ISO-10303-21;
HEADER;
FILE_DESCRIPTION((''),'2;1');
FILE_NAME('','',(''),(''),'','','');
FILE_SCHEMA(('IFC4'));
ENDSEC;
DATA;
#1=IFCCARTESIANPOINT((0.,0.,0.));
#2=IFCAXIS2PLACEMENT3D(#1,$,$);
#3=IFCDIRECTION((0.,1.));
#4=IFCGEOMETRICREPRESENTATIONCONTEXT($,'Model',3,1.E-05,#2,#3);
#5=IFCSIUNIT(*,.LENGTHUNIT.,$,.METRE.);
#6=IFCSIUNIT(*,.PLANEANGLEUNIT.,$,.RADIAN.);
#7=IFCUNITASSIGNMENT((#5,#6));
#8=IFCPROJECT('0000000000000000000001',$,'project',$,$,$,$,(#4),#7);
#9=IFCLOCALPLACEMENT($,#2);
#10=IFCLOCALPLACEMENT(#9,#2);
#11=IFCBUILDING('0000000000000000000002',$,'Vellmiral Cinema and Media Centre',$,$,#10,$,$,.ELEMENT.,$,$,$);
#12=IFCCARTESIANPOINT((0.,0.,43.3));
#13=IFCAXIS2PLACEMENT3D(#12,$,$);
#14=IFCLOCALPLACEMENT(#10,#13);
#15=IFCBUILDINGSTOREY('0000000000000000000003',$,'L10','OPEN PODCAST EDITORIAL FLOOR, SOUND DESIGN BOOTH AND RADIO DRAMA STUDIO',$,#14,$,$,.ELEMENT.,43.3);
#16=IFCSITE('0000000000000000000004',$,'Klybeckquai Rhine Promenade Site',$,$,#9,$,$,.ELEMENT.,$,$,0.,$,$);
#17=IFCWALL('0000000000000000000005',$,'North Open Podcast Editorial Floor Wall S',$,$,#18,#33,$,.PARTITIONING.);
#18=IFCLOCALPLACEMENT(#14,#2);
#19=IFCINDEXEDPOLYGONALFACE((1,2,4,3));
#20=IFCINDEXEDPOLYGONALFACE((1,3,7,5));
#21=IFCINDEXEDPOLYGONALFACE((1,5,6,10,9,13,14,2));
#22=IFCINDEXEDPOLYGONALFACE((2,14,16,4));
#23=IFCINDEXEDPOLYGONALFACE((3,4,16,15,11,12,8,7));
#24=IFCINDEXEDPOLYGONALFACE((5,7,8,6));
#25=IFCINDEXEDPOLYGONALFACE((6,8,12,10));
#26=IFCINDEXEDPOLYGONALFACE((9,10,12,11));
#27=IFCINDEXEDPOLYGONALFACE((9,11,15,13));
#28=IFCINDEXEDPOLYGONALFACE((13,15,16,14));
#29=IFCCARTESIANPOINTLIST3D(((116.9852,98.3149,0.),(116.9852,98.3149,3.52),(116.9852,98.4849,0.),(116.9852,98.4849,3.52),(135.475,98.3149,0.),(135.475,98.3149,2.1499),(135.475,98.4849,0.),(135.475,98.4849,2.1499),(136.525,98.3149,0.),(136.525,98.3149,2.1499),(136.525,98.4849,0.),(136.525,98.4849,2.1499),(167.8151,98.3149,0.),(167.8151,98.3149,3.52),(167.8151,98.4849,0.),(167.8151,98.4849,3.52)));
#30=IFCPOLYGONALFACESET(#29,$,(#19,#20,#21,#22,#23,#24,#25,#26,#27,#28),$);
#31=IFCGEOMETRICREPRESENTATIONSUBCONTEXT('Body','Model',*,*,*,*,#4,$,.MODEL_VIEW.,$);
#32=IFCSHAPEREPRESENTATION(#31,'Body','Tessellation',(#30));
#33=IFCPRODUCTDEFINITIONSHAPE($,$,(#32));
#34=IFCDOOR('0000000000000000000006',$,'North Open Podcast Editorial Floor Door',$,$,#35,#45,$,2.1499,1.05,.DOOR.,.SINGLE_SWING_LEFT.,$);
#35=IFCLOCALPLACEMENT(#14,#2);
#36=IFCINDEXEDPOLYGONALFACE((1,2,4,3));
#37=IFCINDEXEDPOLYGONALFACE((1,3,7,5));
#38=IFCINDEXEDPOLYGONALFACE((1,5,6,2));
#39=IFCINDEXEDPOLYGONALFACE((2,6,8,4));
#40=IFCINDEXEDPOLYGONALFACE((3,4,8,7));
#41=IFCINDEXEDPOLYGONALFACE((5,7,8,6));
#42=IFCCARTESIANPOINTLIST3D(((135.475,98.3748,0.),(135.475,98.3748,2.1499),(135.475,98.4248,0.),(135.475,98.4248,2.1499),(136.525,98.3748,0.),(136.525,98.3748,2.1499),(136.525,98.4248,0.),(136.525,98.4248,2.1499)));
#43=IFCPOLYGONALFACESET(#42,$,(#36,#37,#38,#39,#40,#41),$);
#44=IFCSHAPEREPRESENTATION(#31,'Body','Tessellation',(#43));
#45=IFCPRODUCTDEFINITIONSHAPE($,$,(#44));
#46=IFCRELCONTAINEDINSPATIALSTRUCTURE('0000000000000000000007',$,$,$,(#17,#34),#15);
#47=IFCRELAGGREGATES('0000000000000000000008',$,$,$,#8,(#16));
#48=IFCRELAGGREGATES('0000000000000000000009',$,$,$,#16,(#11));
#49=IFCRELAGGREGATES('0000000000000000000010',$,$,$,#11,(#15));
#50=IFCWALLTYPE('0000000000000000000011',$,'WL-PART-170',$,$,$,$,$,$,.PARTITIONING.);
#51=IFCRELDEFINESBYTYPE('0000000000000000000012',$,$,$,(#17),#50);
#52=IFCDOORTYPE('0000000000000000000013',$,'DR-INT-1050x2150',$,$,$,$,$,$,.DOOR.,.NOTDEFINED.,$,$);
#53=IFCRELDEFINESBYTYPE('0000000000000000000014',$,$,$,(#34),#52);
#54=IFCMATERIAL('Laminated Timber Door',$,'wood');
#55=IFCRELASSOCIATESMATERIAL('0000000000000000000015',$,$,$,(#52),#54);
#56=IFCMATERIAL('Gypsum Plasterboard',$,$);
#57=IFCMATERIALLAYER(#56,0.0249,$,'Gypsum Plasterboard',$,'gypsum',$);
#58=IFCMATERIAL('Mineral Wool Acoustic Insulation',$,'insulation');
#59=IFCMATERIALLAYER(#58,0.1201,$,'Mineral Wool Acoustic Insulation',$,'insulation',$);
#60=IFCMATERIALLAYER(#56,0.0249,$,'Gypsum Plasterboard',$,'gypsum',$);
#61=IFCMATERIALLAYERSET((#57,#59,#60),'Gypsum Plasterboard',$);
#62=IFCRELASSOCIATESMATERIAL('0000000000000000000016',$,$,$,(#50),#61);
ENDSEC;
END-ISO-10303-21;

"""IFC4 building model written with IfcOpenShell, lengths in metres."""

from ifc_helpers import new_model, si_unit, direction, frame, frame_2d, origin, place, context, subcontext, project, spatial, rectangle, extrude, material, layer, layer_set, type_object, element, fill, save


model = new_model("IFC4")

# Units and contexts
model_context = context("Model", 3, precision=1e-05, world=origin(), true_north=direction((0.0, 1.0)))
body_context = subcontext(model_context, "Body", "Model", "MODEL_VIEW")
ifc_project = project(units=[si_unit("LENGTHUNIT", "METRE"), si_unit("PLANEANGLEUNIT", "RADIAN")], contexts=[model_context])

# Site, building, storey
site_placement = place(None, origin())
site = spatial("IfcSite", under=ifc_project, at=site_placement, Name="Klybeckquai Rhine Promenade Site", CompositionType="ELEMENT", RefElevation=0.0)
building_placement = place(site_placement, origin())
building = spatial("IfcBuilding", under=site, at=building_placement, Name="Vellmiral Cinema and Media Centre", CompositionType="ELEMENT")
storey_placement = place(building_placement, frame((0.0, 0.0, 43.3)))
storey = spatial("IfcBuildingStorey", under=building, at=storey_placement, Name="L10", Description="OPEN PODCAST EDITORIAL FLOOR, SOUND DESIGN BOOTH AND RADIO DRAMA STUDIO", CompositionType="ELEMENT", Elevation=43.3)

# Wall, opening, door
ifc_material_1 = material(Name="Laminated Timber Door", Category="wood")
door_type_1 = type_object("IfcDoorType", Name="DR-INT-1050x2150", OperationType="NOTDEFINED", PredefinedType="DOOR", material=ifc_material_1)
ifc_material_2 = material(Name="Gypsum Plasterboard")
ifc_layer_1 = layer(ifc_material_2, 0.0249, Name="Gypsum Plasterboard", Category="gypsum")
ifc_material_3 = material(Name="Mineral Wool Acoustic Insulation", Category="insulation")
ifc_layer_2 = layer(ifc_material_3, 0.1201, Name="Mineral Wool Acoustic Insulation", Category="insulation")
ifc_layer_3 = layer(ifc_material_2, 0.0249, Name="Gypsum Plasterboard", Category="gypsum")
ifc_layer_set_1 = layer_set([ifc_layer_1, ifc_layer_2, ifc_layer_3], Name="Gypsum Plasterboard")
wall_type_1 = type_object("IfcWallType", Name="WL-PART-170", PredefinedType="PARTITIONING", material=ifc_layer_set_1)
wall_1_placement = place(storey_placement, frame((116.9851, 98.3999, 0.0), z_axis=(0.0, 0.0, 1.0), x_axis=(1.0, 0.0, 0.0)))
wall_1 = element("IfcWall", 1, at=wall_1_placement, inside=storey, type_object=wall_type_1, Name="North Open Podcast Editorial Floor Wall S", PredefinedType="PARTITIONING", context=body_context, shape_type="SweptSolid", body=[
    extrude(rectangle(XDim=50.8298, YDim=0.1699, at=frame_2d((25.415, 0.0))), origin(), (0.0, 0.0, 1.0), 3.52),
])
opening_1_placement = place(wall_1_placement, frame((18.49, 0.0, 0.0)))
opening_1 = element("IfcOpeningElement", 2, at=opening_1_placement, cuts=wall_1, PredefinedType="OPENING", context=body_context, shape_type="SweptSolid", body=[
    extrude(rectangle(XDim=1.05, YDim=2.1499, at=frame_2d((0.5249, 1.075))), frame((0.0, 0.0969, 0.0), z_axis=(0.0, -1.0, 0.0), x_axis=(1.0, 0.0, 0.0)), (0.0, 0.0, 1.0), 0.1938),
])
door_1_placement = place(opening_1_placement, origin())
door_1 = element("IfcDoor", 3, at=door_1_placement, inside=storey, type_object=door_type_1, Name="North Open Podcast Editorial Floor Door", OperationType="SINGLE_SWING_LEFT", OverallHeight=2.1499, OverallWidth=1.05, PredefinedType="DOOR", context=body_context, shape_type="SweptSolid", body=[
    extrude(rectangle(XDim=1.05, YDim=2.1499, at=frame_2d((0.5249, 1.075))), frame((0.0, 0.0249, 0.0), z_axis=(0.0, -1.0, 0.0), x_axis=(1.0, 0.0, 0.0)), (0.0, 0.0, 1.0), 0.05),
])
fill(opening_1, door_1)

save(model, "model.ifc")
